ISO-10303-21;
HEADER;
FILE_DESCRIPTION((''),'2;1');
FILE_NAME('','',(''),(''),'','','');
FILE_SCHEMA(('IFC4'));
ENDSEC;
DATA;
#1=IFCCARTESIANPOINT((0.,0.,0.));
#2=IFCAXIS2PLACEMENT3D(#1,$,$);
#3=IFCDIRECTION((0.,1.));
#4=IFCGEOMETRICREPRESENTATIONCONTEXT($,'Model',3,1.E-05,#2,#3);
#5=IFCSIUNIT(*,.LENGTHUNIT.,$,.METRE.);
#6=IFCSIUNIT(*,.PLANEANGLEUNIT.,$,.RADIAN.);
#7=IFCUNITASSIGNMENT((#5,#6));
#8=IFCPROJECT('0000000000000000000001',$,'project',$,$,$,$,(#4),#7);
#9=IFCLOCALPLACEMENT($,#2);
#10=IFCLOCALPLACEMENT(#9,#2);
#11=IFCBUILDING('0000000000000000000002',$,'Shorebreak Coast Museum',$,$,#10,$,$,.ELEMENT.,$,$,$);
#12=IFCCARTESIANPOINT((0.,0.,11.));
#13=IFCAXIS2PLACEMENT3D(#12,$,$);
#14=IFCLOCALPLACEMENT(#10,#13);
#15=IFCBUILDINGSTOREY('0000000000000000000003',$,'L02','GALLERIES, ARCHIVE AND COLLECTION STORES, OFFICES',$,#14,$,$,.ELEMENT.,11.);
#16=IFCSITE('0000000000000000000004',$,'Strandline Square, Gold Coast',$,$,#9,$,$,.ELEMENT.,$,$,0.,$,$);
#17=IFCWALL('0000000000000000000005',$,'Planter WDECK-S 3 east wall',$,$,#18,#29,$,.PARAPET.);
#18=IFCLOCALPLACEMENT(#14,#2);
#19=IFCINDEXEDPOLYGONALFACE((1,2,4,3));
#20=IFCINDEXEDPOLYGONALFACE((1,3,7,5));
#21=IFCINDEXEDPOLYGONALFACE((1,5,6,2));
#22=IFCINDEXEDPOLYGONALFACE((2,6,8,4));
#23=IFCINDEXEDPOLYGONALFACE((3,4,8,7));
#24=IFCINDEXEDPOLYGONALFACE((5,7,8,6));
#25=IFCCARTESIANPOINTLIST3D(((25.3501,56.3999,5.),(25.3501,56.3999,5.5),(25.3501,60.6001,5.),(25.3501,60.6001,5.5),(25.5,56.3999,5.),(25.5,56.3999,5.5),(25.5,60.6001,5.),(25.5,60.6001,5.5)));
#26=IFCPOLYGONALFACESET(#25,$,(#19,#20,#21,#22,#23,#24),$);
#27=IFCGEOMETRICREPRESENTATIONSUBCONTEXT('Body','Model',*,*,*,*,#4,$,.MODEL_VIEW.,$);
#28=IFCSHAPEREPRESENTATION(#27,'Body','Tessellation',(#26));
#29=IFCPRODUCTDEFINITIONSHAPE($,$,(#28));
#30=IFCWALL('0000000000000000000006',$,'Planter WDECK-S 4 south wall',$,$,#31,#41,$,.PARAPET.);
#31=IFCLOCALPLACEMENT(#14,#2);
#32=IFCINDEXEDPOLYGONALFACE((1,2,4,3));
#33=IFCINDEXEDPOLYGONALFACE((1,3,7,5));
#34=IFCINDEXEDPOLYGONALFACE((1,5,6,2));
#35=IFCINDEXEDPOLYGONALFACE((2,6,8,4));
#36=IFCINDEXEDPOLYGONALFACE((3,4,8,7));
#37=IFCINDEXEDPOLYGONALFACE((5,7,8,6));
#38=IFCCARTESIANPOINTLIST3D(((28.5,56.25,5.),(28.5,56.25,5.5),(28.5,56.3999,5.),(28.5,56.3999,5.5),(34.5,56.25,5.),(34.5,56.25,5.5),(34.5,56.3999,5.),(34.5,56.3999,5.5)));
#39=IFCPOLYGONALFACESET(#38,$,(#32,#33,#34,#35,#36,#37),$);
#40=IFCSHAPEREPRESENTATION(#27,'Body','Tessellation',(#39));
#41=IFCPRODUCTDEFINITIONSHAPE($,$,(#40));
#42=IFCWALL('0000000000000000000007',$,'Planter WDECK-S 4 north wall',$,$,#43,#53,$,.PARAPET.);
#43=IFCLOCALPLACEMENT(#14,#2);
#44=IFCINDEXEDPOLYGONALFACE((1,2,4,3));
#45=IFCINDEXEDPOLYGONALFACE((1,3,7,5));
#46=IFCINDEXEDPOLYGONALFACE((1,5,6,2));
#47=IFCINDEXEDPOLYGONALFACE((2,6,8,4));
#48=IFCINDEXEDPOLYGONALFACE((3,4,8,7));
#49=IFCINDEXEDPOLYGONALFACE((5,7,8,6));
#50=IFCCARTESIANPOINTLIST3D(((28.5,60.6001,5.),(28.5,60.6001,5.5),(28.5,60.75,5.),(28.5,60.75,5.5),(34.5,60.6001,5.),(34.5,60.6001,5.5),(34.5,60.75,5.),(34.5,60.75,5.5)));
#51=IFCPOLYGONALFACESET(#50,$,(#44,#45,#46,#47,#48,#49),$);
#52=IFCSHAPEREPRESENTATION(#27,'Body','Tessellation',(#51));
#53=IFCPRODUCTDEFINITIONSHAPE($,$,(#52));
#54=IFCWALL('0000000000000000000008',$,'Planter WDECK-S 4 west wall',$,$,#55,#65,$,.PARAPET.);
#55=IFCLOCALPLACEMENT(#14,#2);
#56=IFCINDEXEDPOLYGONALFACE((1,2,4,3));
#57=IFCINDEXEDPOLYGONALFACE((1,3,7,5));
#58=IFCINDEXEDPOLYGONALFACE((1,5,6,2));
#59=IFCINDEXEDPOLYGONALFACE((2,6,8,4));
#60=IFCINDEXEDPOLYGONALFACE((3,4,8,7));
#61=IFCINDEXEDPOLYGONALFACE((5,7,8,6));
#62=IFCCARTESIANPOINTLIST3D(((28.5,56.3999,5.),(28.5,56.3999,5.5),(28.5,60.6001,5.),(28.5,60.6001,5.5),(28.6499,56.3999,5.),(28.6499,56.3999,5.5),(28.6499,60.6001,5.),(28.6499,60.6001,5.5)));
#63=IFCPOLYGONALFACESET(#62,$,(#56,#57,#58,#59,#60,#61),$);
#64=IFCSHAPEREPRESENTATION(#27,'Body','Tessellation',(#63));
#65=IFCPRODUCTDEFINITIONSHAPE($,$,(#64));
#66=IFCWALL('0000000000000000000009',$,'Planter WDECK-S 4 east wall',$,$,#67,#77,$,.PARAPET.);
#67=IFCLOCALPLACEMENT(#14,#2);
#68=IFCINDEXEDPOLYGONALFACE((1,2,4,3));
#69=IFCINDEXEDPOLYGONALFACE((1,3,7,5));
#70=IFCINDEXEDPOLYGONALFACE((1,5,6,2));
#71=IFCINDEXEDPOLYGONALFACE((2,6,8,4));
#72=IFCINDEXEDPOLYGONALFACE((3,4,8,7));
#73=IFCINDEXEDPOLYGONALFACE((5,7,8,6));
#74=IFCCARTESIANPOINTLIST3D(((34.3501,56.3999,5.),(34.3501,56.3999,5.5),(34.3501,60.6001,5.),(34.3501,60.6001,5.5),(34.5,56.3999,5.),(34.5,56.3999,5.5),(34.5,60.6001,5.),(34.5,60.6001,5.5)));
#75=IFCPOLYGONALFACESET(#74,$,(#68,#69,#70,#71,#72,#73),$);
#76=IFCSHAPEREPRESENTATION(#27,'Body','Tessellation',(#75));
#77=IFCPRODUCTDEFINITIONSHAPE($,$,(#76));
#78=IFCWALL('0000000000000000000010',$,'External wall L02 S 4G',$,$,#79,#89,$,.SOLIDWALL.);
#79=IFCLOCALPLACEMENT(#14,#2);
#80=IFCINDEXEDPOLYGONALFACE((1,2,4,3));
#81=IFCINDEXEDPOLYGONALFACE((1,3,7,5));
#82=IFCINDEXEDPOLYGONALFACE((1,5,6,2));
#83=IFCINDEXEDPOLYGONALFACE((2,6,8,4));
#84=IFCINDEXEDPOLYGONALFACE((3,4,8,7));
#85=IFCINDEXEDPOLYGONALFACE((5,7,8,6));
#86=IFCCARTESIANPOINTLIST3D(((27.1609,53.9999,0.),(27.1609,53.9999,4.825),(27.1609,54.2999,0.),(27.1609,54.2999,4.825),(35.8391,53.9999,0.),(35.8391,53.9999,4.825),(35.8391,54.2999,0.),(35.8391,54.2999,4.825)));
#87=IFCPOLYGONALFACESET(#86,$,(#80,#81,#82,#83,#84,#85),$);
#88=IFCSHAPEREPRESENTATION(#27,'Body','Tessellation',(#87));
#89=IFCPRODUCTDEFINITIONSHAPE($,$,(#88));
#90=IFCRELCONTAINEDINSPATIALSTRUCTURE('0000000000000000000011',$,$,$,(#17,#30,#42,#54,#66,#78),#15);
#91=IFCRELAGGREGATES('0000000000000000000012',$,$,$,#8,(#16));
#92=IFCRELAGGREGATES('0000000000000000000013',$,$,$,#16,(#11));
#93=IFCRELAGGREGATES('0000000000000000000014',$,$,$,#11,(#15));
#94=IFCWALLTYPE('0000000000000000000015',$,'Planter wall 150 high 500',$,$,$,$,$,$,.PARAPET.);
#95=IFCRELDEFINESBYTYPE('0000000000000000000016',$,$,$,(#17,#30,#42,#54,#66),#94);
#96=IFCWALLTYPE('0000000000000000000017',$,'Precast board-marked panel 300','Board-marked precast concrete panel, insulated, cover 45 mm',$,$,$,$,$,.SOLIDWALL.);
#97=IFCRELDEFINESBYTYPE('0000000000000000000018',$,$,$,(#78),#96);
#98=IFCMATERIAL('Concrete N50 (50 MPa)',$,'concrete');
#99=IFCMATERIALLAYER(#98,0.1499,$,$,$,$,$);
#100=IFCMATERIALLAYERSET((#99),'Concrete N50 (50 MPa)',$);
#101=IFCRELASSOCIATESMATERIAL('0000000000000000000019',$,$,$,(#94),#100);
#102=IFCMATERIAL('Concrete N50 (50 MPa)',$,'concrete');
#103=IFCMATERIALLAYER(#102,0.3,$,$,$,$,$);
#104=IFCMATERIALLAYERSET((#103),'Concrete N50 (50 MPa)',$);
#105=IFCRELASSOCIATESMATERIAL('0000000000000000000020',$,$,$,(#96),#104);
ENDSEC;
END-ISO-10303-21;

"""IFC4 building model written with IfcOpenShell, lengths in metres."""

from ifc_helpers import new_model, si_unit, direction, frame, frame_2d, origin, place, context, subcontext, project, spatial, rectangle, extrude, material, layer, layer_set, type_object, element, save


model = new_model("IFC4")

# Units and contexts
model_context = context("Model", 3, precision=1e-05, world=origin(), true_north=direction((0.0, 1.0)))
body_context = subcontext(model_context, "Body", "Model", "MODEL_VIEW")
ifc_project = project(units=[si_unit("LENGTHUNIT", "METRE"), si_unit("PLANEANGLEUNIT", "RADIAN")], contexts=[model_context])

# Site, building, storey
site_placement = place(None, origin())
site = spatial("IfcSite", under=ifc_project, at=site_placement, Name="Strandline Square, Gold Coast", CompositionType="ELEMENT", RefElevation=0.0)
building_placement = place(site_placement, origin())
building = spatial("IfcBuilding", under=site, at=building_placement, Name="Shorebreak Coast Museum", CompositionType="ELEMENT")
storey_placement = place(building_placement, frame((0.0, 0.0, 11.0)))
storey = spatial("IfcBuildingStorey", under=building, at=storey_placement, Name="L02", Description="GALLERIES, ARCHIVE AND COLLECTION STORES, OFFICES", CompositionType="ELEMENT", Elevation=11.0)

# Walls
ifc_material_1 = material(Name="Concrete N50 (50 MPa)", Category="concrete")
ifc_layer_1 = layer(ifc_material_1, 0.1499)
ifc_layer_set_1 = layer_set([ifc_layer_1], Name="Concrete N50 (50 MPa)")
wall_type_1 = type_object("IfcWallType", Name="Planter wall 150 high 500", PredefinedType="PARAPET", material=ifc_layer_set_1)
for number, where, z_axis, x_axis, name in (
    (1, (25.425, 56.3999, 5.0), (0.0, 0.0, 1.0), (0.0, 1.0, 0.0), "Planter WDECK-S 3 east wall"),
):
    element("IfcWall", number, at=place(storey_placement, frame(where, z_axis=z_axis, x_axis=x_axis)), inside=storey, type_object=wall_type_1, Name=name, PredefinedType="PARAPET", context=body_context, shape_type="SweptSolid", body=[
        extrude(rectangle(XDim=4.2002, YDim=0.1499, at=frame_2d((2.1001, 0.0))), origin(), (0.0, 0.0, 1.0), 0.5),
    ])
for number, where, z_axis, x_axis, name in (
    (2, (28.5, 56.325, 5.0), (0.0, 0.0, 1.0), (1.0, 0.0, 0.0), "Planter WDECK-S 4 south wall"),
    (3, (28.5, 60.675, 5.0), (0.0, 0.0, 1.0), (1.0, 0.0, 0.0), "Planter WDECK-S 4 north wall"),
):
    element("IfcWall", number, at=place(storey_placement, frame(where, z_axis=z_axis, x_axis=x_axis)), inside=storey, type_object=wall_type_1, Name=name, PredefinedType="PARAPET", context=body_context, shape_type="SweptSolid", body=[
        extrude(rectangle(XDim=6.0, YDim=0.1499, at=frame_2d((3.0, 0.0))), origin(), (0.0, 0.0, 1.0), 0.5),
    ])
for number, where, z_axis, x_axis, name in (
    (4, (28.575, 56.3999, 5.0), (0.0, 0.0, 1.0), (0.0, 1.0, 0.0), "Planter WDECK-S 4 west wall"),
    (5, (34.425, 56.3999, 5.0), (0.0, 0.0, 1.0), (0.0, 1.0, 0.0), "Planter WDECK-S 4 east wall"),
):
    element("IfcWall", number, at=place(storey_placement, frame(where, z_axis=z_axis, x_axis=x_axis)), inside=storey, type_object=wall_type_1, Name=name, PredefinedType="PARAPET", context=body_context, shape_type="SweptSolid", body=[
        extrude(rectangle(XDim=4.2002, YDim=0.1499, at=frame_2d((2.1001, 0.0))), origin(), (0.0, 0.0, 1.0), 0.5),
    ])
ifc_material_2 = material(Name="Concrete N50 (50 MPa)", Category="concrete")
ifc_layer_2 = layer(ifc_material_2, 0.3)
ifc_layer_set_2 = layer_set([ifc_layer_2], Name="Concrete N50 (50 MPa)")
wall_type_2 = type_object("IfcWallType", Name="Precast board-marked panel 300", Description="Board-marked precast concrete panel, insulated, cover 45 mm", PredefinedType="SOLIDWALL", material=ifc_layer_set_2)
wall_1_placement = place(storey_placement, frame((27.1609, 54.1499, 0.0), z_axis=(0.0, 0.0, 1.0), x_axis=(1.0, 0.0, 0.0)))
element("IfcWall", 6, at=wall_1_placement, inside=storey, type_object=wall_type_2, Name="External wall L02 S 4G", PredefinedType="SOLIDWALL", context=body_context, shape_type="SweptSolid", body=[
    extrude(rectangle(XDim=8.6782, YDim=0.3, at=frame_2d((4.3391, 0.0))), origin(), (0.0, 0.0, 1.0), 4.825),
])

save(model, "model.ifc")
